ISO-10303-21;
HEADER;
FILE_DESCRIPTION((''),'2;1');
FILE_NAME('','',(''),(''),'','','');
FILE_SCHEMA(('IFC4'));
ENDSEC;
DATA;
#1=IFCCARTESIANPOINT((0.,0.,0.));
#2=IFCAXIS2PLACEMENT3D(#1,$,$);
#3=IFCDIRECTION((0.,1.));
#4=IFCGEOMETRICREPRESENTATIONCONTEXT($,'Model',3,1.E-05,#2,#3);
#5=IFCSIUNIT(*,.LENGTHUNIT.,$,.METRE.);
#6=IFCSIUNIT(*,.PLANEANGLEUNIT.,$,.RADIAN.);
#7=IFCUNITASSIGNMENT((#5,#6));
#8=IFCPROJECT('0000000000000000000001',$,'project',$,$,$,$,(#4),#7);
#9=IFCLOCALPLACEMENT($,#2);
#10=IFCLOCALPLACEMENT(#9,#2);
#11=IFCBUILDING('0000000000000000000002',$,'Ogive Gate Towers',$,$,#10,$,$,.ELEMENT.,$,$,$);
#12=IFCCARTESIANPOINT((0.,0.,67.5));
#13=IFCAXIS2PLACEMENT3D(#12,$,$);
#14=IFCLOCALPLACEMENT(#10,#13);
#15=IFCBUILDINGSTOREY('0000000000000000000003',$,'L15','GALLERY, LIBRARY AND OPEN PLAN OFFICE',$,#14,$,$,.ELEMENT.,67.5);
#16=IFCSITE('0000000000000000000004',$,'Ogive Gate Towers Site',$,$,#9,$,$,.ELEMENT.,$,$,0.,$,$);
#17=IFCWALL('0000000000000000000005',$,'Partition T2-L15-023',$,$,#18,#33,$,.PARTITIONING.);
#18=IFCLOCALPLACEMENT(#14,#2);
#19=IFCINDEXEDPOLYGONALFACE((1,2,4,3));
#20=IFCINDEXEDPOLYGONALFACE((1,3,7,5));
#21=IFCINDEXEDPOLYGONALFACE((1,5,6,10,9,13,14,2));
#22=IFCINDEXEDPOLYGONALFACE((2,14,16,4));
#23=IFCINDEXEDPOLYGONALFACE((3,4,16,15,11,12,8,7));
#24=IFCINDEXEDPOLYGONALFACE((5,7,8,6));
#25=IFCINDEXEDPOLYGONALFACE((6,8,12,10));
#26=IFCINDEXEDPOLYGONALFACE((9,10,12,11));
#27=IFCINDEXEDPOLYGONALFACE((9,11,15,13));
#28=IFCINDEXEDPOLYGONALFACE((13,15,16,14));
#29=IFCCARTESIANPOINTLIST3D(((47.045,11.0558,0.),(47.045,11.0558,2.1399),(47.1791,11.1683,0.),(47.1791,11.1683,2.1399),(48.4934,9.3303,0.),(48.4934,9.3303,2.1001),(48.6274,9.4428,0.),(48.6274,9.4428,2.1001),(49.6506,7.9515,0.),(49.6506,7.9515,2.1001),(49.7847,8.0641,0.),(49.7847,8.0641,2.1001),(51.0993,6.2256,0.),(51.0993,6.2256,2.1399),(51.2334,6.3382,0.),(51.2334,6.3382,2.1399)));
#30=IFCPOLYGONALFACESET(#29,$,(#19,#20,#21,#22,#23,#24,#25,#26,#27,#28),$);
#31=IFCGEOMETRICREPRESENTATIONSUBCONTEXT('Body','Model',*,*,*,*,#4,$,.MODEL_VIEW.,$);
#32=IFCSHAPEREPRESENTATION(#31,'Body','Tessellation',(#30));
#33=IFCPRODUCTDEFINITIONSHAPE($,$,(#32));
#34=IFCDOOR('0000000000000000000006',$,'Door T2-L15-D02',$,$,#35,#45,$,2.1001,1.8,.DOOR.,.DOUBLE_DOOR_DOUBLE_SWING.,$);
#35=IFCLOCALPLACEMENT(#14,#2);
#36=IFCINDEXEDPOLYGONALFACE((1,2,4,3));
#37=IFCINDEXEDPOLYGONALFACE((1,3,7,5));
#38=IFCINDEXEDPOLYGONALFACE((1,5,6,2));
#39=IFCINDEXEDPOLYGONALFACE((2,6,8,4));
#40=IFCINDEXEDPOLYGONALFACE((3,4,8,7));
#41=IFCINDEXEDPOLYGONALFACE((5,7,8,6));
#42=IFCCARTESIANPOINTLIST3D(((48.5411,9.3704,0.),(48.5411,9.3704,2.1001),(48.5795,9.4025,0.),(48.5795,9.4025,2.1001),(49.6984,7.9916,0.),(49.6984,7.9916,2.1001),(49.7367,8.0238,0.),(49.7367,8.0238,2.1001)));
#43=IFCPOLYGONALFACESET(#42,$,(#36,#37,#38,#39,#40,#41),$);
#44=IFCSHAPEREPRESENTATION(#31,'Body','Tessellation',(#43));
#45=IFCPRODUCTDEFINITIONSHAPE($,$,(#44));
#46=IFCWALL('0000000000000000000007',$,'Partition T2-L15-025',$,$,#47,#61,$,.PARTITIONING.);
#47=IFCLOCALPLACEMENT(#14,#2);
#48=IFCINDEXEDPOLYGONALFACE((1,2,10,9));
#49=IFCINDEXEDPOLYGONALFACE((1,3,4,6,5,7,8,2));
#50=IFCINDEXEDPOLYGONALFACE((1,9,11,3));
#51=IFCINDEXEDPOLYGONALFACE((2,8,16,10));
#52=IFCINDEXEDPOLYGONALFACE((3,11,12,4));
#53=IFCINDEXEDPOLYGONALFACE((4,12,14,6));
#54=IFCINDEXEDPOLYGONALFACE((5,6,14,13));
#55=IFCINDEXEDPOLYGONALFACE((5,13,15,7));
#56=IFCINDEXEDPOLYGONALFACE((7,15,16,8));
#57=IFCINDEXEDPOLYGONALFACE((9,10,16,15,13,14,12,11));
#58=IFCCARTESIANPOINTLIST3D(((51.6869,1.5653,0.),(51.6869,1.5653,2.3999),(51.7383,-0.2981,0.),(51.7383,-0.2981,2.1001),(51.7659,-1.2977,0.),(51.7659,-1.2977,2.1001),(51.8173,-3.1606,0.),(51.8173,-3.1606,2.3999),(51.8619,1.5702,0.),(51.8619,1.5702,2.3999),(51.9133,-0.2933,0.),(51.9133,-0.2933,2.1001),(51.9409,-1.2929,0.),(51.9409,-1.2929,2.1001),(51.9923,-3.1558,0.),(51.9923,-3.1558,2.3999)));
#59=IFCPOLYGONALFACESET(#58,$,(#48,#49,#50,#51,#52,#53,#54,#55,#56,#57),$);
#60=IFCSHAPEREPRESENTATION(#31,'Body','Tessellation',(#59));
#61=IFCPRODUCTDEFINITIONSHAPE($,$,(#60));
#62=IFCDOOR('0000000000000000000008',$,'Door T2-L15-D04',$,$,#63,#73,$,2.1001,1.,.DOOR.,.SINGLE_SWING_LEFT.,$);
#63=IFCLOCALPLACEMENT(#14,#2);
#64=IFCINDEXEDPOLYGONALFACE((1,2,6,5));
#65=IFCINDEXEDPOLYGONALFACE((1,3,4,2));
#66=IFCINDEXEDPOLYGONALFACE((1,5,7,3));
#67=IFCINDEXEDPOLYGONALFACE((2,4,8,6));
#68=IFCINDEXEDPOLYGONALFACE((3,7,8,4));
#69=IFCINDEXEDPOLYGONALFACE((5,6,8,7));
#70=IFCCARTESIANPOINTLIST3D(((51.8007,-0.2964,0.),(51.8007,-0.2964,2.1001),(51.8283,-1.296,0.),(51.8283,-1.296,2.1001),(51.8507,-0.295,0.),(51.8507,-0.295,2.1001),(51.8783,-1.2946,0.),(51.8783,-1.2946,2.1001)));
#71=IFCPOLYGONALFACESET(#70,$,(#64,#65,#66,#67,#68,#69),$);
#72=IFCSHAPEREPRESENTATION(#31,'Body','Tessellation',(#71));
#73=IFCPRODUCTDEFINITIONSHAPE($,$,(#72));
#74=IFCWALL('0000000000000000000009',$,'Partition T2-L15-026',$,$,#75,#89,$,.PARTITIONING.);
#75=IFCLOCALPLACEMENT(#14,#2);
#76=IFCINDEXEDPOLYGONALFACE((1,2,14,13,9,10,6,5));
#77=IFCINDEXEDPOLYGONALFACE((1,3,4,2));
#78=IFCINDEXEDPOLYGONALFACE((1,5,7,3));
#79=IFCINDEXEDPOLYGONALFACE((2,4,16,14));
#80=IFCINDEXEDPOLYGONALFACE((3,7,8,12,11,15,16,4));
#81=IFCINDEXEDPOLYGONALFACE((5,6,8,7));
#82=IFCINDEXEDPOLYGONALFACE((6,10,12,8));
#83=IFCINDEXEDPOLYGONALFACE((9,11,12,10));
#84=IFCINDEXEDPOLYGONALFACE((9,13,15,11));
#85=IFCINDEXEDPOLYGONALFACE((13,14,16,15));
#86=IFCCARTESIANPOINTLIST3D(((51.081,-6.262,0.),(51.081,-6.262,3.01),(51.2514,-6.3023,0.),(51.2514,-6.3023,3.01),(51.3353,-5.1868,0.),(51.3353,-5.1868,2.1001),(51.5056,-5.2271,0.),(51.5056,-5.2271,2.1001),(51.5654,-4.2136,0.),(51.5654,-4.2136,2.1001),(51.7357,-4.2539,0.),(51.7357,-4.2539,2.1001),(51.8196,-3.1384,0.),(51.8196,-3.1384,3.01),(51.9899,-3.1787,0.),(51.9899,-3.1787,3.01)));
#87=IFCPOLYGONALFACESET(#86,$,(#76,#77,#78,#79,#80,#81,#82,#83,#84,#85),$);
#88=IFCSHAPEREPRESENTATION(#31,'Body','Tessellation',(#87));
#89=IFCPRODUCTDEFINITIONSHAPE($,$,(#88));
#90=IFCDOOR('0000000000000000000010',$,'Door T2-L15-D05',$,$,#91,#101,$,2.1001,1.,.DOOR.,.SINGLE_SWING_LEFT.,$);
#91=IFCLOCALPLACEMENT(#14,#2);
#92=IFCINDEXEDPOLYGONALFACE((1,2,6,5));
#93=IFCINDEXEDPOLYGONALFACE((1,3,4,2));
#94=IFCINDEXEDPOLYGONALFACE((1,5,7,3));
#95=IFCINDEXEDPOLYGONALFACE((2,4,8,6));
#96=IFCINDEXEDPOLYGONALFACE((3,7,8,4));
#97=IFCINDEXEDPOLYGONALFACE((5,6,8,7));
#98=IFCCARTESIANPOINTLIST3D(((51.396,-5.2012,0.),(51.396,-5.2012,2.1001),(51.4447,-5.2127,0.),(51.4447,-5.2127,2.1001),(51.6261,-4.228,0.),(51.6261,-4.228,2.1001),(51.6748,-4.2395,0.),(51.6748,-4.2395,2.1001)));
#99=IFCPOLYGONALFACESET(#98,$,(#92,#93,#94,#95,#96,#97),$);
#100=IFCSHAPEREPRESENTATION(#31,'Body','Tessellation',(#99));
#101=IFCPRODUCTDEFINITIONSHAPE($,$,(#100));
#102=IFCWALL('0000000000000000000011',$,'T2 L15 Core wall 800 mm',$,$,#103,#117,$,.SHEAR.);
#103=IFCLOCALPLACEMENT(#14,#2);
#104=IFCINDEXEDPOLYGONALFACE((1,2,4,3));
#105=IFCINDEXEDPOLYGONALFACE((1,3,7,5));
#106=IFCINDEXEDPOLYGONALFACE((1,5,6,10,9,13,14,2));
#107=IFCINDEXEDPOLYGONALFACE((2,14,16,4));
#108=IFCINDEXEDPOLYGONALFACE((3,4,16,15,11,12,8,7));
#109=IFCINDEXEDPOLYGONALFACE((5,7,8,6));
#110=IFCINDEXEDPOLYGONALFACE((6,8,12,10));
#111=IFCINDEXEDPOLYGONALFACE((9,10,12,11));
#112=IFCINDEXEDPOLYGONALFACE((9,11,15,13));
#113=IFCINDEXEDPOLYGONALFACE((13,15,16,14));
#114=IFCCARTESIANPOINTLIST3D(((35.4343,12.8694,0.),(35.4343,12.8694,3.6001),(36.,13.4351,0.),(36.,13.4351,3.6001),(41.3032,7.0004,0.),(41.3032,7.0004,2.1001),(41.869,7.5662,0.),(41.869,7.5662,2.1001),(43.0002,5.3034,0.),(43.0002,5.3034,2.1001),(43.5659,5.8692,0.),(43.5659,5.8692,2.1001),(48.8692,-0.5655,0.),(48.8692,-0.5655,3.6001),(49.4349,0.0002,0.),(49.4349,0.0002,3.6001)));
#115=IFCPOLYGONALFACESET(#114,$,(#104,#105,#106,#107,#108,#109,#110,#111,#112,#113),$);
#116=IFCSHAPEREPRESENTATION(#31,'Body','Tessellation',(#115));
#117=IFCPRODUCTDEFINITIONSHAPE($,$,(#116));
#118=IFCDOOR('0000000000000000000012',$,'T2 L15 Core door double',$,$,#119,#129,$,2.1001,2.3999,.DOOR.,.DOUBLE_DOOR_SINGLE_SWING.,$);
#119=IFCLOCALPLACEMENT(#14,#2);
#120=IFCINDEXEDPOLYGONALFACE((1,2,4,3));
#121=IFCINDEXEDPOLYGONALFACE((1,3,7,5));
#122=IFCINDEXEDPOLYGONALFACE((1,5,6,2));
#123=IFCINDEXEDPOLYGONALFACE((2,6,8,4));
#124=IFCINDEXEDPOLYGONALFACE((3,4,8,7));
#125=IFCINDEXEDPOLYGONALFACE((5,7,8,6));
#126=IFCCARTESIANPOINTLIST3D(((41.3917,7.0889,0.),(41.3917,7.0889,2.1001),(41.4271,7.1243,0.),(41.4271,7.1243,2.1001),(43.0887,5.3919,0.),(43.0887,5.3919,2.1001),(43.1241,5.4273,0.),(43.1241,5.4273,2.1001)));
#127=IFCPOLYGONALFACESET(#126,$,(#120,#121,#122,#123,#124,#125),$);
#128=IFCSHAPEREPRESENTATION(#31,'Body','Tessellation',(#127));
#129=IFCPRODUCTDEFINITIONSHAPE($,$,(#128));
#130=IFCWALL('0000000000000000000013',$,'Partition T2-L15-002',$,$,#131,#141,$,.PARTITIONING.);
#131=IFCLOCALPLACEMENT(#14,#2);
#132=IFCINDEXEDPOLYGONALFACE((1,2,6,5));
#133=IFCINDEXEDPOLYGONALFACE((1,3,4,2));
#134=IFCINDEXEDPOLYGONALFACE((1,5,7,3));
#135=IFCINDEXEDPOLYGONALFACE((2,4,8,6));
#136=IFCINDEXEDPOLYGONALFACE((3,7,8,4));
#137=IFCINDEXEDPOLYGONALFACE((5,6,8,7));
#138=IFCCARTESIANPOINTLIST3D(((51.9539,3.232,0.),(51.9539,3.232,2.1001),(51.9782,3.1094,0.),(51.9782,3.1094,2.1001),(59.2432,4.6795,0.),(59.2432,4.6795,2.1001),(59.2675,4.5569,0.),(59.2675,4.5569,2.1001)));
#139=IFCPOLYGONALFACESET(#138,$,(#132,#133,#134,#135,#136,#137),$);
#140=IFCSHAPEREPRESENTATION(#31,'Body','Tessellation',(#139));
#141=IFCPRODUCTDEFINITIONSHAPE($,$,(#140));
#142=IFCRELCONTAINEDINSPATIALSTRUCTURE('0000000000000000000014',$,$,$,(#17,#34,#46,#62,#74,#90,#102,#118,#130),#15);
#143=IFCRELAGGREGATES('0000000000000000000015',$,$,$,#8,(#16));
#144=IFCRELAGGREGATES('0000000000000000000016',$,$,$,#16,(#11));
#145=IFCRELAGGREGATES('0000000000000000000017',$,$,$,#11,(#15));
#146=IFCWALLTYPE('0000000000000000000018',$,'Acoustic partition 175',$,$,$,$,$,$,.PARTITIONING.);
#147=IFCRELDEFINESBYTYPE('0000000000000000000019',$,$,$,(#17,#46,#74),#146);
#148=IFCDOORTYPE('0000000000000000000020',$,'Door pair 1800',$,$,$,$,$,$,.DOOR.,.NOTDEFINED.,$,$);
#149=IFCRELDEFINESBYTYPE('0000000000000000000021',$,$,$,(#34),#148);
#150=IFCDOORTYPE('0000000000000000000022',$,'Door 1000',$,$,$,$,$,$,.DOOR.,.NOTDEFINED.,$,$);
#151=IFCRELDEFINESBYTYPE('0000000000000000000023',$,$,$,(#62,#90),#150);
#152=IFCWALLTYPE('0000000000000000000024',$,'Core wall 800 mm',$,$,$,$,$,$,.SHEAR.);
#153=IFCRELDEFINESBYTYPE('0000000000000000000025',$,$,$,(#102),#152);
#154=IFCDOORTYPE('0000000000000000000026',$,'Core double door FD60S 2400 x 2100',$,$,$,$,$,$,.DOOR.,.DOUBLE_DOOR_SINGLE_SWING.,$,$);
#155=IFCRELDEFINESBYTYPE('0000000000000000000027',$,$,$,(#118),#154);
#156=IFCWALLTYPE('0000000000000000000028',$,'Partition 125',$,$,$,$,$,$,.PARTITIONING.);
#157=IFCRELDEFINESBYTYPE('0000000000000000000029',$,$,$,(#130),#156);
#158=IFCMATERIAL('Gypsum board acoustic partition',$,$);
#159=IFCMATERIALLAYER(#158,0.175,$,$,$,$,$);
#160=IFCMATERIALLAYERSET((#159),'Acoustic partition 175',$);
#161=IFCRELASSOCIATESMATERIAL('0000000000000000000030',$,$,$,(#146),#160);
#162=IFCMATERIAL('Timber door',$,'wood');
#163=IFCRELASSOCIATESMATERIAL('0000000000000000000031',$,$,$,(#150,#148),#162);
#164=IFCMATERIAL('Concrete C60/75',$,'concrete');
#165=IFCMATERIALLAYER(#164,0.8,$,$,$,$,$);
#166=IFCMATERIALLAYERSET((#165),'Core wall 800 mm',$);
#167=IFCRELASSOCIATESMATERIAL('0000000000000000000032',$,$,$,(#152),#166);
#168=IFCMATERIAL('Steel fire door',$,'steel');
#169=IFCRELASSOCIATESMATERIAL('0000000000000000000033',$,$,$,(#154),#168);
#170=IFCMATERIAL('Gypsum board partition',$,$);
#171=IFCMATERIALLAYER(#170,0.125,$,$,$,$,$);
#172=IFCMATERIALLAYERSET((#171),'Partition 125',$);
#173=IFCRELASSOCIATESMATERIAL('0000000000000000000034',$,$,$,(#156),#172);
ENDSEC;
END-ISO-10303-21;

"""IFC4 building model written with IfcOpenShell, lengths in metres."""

from ifc_helpers import new_model, si_unit, direction, frame, frame_2d, origin, place, context, subcontext, project, spatial, rectangle, extrude, material, layer, layer_set, type_object, element, fill, save


model = new_model("IFC4")

# Units and contexts
model_context = context("Model", 3, precision=1e-05, world=origin(), true_north=direction((0.0, 1.0)))
body_context = subcontext(model_context, "Body", "Model", "MODEL_VIEW")
ifc_project = project(units=[si_unit("LENGTHUNIT", "METRE"), si_unit("PLANEANGLEUNIT", "RADIAN")], contexts=[model_context])

# Site, building, storey
site_placement = place(None, origin())
site = spatial("IfcSite", under=ifc_project, at=site_placement, Name="Ogive Gate Towers Site", CompositionType="ELEMENT", RefElevation=0.0)
building_placement = place(site_placement, origin())
building = spatial("IfcBuilding", under=site, at=building_placement, Name="Ogive Gate Towers", CompositionType="ELEMENT")
storey_placement = place(building_placement, frame((0.0, 0.0, 67.5)))
storey = spatial("IfcBuildingStorey", under=building, at=storey_placement, Name="L15", Description="GALLERY, LIBRARY AND OPEN PLAN OFFICE", CompositionType="ELEMENT", Elevation=67.5)

# Shared definitions
ifc_material_1 = material(Name="Gypsum board acoustic partition")
ifc_layer_1 = layer(ifc_material_1, 0.175)
ifc_layer_set_1 = layer_set([ifc_layer_1], Name="Acoustic partition 175")
wall_type_1 = type_object("IfcWallType", Name="Acoustic partition 175", PredefinedType="PARTITIONING", material=ifc_layer_set_1)

# Walls, openings, doors
ifc_material_2 = material(Name="Timber door", Category="wood")
door_type_1 = type_object("IfcDoorType", Name="Door 1000", OperationType="NOTDEFINED", PredefinedType="DOOR", material=ifc_material_2)
wall_1_placement = place(storey_placement, frame((47.1121, 11.1121, 0.0), z_axis=(0.0, 0.0, 1.0), x_axis=(0.642907, -0.765944, 0.0)))
wall_1 = element("IfcWall", 1, at=wall_1_placement, inside=storey, type_object=wall_type_1, Name="Partition T2-L15-023", PredefinedType="PARTITIONING", context=body_context, shape_type="SweptSolid", body=[
    extrude(rectangle(XDim=6.3062, YDim=0.175, at=frame_2d((3.1531, 0.0))), origin(), (0.0, 0.0, 1.0), 2.1399),
])
opening_1_placement = place(wall_1_placement, frame((2.2529, 0.0, 0.0)))
opening_1 = element("IfcOpeningElement", 2, at=opening_1_placement, cuts=wall_1, PredefinedType="OPENING", context=body_context, shape_type="SweptSolid", body=[
    extrude(rectangle(XDim=1.8, YDim=2.1001, at=frame_2d((0.8999, 1.05))), frame((0.0, 0.0977, 0.0), z_axis=(0.0, -1.0, 0.0), x_axis=(1.0, 0.0, 0.0)), (0.0, 0.0, 1.0), 0.1951),
])
door_type_2 = type_object("IfcDoorType", Name="Door pair 1800", OperationType="NOTDEFINED", PredefinedType="DOOR", material=ifc_material_2)
door_1_placement = place(opening_1_placement, origin())
door_1 = element("IfcDoor", 3, at=door_1_placement, inside=storey, type_object=door_type_2, Name="Door T2-L15-D02", OperationType="DOUBLE_DOOR_DOUBLE_SWING", OverallHeight=2.1001, OverallWidth=1.8, PredefinedType="DOOR", context=body_context, shape_type="SweptSolid", body=[
    extrude(rectangle(XDim=1.8, YDim=2.1001, at=frame_2d((0.8999, 1.05))), frame((0.0, 0.0249, 0.0), z_axis=(0.0, -1.0, 0.0), x_axis=(1.0, 0.0, 0.0)), (0.0, 0.0, 1.0), 0.05),
])
fill(opening_1, door_1)
wall_2_placement = place(storey_placement, frame((51.7744, 1.5676, 0.0), z_axis=(0.0, 0.0, 1.0), x_axis=(0.027575, -0.99962, 0.0)))
wall_2 = element("IfcWall", 4, at=wall_2_placement, inside=storey, type_object=wall_type_1, Name="Partition T2-L15-025", PredefinedType="PARTITIONING", context=body_context, shape_type="SweptSolid", body=[
    extrude(rectangle(XDim=4.7278, YDim=0.175, at=frame_2d((2.3638, 0.0))), origin(), (0.0, 0.0, 1.0), 2.3999),
])
opening_2_placement = place(wall_2_placement, frame((1.864, 0.0, 0.0)))
opening_2 = element("IfcOpeningElement", 5, at=opening_2_placement, cuts=wall_2, PredefinedType="OPENING", context=body_context, shape_type="SweptSolid", body=[
    extrude(rectangle(XDim=1.0, YDim=2.1001, at=frame_2d((0.5, 1.05))), frame((0.0, 0.0977, 0.0), z_axis=(0.0, -1.0, 0.0), x_axis=(1.0, 0.0, 0.0)), (0.0, 0.0, 1.0), 0.1951),
])
door_2_placement = place(opening_2_placement, origin())
door_2 = element("IfcDoor", 6, at=door_2_placement, inside=storey, type_object=door_type_1, Name="Door T2-L15-D04", OperationType="SINGLE_SWING_LEFT", OverallHeight=2.1001, OverallWidth=1.0, PredefinedType="DOOR", context=body_context, shape_type="SweptSolid", body=[
    extrude(rectangle(XDim=1.0, YDim=2.1001, at=frame_2d((0.5, 1.05))), frame((0.0, 0.0249, 0.0), z_axis=(0.0, -1.0, 0.0), x_axis=(1.0, 0.0, 0.0)), (0.0, 0.0, 1.0), 0.05),
])
fill(opening_2, door_2)
wall_3_placement = place(storey_placement, frame((51.9048, -3.1584, 0.0), z_axis=(0.0, 0.0, 1.0), x_axis=(-0.230095, -0.973168, 0.0)))
wall_3 = element("IfcWall", 7, at=wall_3_placement, inside=storey, type_object=wall_type_1, Name="Partition T2-L15-026", PredefinedType="PARTITIONING", context=body_context, shape_type="SweptSolid", body=[
    extrude(rectangle(XDim=3.2097, YDim=0.175, at=frame_2d((1.605, 0.0))), origin(), (0.0, 0.0, 1.0), 3.01),
])
opening_3_placement = place(wall_3_placement, frame((1.105, 0.0, 0.0)))
opening_3 = element("IfcOpeningElement", 8, at=opening_3_placement, cuts=wall_3, PredefinedType="OPENING", context=body_context, shape_type="SweptSolid", body=[
    extrude(rectangle(XDim=1.0, YDim=2.1001, at=frame_2d((0.5, 1.05))), frame((0.0, 0.0977, 0.0), z_axis=(0.0, -1.0, 0.0), x_axis=(1.0, 0.0, 0.0)), (0.0, 0.0, 1.0), 0.1951),
])
door_3_placement = place(opening_3_placement, origin())
door_3 = element("IfcDoor", 9, at=door_3_placement, inside=storey, type_object=door_type_1, Name="Door T2-L15-D05", OperationType="SINGLE_SWING_LEFT", OverallHeight=2.1001, OverallWidth=1.0, PredefinedType="DOOR", context=body_context, shape_type="SweptSolid", body=[
    extrude(rectangle(XDim=1.0, YDim=2.1001, at=frame_2d((0.5, 1.05))), frame((0.0, 0.0249, 0.0), z_axis=(0.0, -1.0, 0.0), x_axis=(1.0, 0.0, 0.0)), (0.0, 0.0, 1.0), 0.05),
])
fill(opening_3, door_3)
ifc_material_3 = material(Name="Concrete C60/75", Category="concrete")
ifc_layer_2 = layer(ifc_material_3, 0.8)
ifc_layer_set_2 = layer_set([ifc_layer_2], Name="Core wall 800 mm")
wall_type_2 = type_object("IfcWallType", Name="Core wall 800 mm", PredefinedType="SHEAR", material=ifc_layer_set_2)
wall_4_placement = place(storey_placement, frame((49.1521, -0.2827, 0.0), z_axis=(0.0, 0.0, 1.0), x_axis=(-0.707107, 0.707107, 0.0)))
wall_4 = element("IfcWall", 10, at=wall_4_placement, inside=storey, type_object=wall_type_2, Name="T2 L15 Core wall 800 mm", PredefinedType="SHEAR", context=body_context, shape_type="SweptSolid", body=[
    extrude(rectangle(XDim=18.9998, YDim=0.8, at=frame_2d((9.5, 0.0))), origin(), (0.0, 0.0, 1.0), 3.6001),
])
opening_4_placement = place(wall_4_placement, frame((8.3, 0.0, 0.0)))
opening_4 = element("IfcOpeningElement", 11, at=opening_4_placement, cuts=wall_4, PredefinedType="OPENING", context=body_context, shape_type="SweptSolid", body=[
    extrude(rectangle(XDim=2.3999, YDim=2.1001, at=frame_2d((1.2, 1.05))), frame((0.0, 0.4102, 0.0), z_axis=(0.0, -1.0, 0.0), x_axis=(1.0, 0.0, 0.0)), (0.0, 0.0, 1.0), 0.8201),
])
ifc_material_4 = material(Name="Steel fire door", Category="steel")
door_type_3 = type_object("IfcDoorType", Name="Core double door FD60S 2400 x 2100", OperationType="DOUBLE_DOOR_SINGLE_SWING", PredefinedType="DOOR", material=ifc_material_4)
door_4_placement = place(opening_4_placement, origin())
door_4 = element("IfcDoor", 12, at=door_4_placement, inside=storey, type_object=door_type_3, Name="T2 L15 Core door double", OperationType="DOUBLE_DOOR_SINGLE_SWING", OverallHeight=2.1001, OverallWidth=2.3999, PredefinedType="DOOR", context=body_context, shape_type="SweptSolid", body=[
    extrude(rectangle(XDim=2.3999, YDim=2.1001, at=frame_2d((1.2, 1.05))), frame((0.0, 0.2749, 0.0), z_axis=(0.0, -1.0, 0.0), x_axis=(1.0, 0.0, 0.0)), (0.0, 0.0, 1.0), 0.05),
])
fill(opening_4, door_4)

# Wall
ifc_material_5 = material(Name="Gypsum board partition")
ifc_layer_3 = layer(ifc_material_5, 0.125)
ifc_layer_set_3 = layer_set([ifc_layer_3], Name="Partition 125")
wall_type_3 = type_object("IfcWallType", Name="Partition 125", PredefinedType="PARTITIONING", material=ifc_layer_set_3)
wall_5_placement = place(storey_placement, frame((59.2554, 4.6182, 0.0), z_axis=(0.0, 0.0, 1.0), x_axis=(-0.980848, -0.194777, 0.0)))
element("IfcWall", 13, at=wall_5_placement, inside=storey, type_object=wall_type_3, Name="Partition T2-L15-002", PredefinedType="PARTITIONING", context=body_context, shape_type="SweptSolid", body=[
    extrude(rectangle(XDim=7.4316, YDim=0.125, at=frame_2d((3.7158, 0.0))), origin(), (0.0, 0.0, 1.0), 2.1001),
])

save(model, "model.ifc")
